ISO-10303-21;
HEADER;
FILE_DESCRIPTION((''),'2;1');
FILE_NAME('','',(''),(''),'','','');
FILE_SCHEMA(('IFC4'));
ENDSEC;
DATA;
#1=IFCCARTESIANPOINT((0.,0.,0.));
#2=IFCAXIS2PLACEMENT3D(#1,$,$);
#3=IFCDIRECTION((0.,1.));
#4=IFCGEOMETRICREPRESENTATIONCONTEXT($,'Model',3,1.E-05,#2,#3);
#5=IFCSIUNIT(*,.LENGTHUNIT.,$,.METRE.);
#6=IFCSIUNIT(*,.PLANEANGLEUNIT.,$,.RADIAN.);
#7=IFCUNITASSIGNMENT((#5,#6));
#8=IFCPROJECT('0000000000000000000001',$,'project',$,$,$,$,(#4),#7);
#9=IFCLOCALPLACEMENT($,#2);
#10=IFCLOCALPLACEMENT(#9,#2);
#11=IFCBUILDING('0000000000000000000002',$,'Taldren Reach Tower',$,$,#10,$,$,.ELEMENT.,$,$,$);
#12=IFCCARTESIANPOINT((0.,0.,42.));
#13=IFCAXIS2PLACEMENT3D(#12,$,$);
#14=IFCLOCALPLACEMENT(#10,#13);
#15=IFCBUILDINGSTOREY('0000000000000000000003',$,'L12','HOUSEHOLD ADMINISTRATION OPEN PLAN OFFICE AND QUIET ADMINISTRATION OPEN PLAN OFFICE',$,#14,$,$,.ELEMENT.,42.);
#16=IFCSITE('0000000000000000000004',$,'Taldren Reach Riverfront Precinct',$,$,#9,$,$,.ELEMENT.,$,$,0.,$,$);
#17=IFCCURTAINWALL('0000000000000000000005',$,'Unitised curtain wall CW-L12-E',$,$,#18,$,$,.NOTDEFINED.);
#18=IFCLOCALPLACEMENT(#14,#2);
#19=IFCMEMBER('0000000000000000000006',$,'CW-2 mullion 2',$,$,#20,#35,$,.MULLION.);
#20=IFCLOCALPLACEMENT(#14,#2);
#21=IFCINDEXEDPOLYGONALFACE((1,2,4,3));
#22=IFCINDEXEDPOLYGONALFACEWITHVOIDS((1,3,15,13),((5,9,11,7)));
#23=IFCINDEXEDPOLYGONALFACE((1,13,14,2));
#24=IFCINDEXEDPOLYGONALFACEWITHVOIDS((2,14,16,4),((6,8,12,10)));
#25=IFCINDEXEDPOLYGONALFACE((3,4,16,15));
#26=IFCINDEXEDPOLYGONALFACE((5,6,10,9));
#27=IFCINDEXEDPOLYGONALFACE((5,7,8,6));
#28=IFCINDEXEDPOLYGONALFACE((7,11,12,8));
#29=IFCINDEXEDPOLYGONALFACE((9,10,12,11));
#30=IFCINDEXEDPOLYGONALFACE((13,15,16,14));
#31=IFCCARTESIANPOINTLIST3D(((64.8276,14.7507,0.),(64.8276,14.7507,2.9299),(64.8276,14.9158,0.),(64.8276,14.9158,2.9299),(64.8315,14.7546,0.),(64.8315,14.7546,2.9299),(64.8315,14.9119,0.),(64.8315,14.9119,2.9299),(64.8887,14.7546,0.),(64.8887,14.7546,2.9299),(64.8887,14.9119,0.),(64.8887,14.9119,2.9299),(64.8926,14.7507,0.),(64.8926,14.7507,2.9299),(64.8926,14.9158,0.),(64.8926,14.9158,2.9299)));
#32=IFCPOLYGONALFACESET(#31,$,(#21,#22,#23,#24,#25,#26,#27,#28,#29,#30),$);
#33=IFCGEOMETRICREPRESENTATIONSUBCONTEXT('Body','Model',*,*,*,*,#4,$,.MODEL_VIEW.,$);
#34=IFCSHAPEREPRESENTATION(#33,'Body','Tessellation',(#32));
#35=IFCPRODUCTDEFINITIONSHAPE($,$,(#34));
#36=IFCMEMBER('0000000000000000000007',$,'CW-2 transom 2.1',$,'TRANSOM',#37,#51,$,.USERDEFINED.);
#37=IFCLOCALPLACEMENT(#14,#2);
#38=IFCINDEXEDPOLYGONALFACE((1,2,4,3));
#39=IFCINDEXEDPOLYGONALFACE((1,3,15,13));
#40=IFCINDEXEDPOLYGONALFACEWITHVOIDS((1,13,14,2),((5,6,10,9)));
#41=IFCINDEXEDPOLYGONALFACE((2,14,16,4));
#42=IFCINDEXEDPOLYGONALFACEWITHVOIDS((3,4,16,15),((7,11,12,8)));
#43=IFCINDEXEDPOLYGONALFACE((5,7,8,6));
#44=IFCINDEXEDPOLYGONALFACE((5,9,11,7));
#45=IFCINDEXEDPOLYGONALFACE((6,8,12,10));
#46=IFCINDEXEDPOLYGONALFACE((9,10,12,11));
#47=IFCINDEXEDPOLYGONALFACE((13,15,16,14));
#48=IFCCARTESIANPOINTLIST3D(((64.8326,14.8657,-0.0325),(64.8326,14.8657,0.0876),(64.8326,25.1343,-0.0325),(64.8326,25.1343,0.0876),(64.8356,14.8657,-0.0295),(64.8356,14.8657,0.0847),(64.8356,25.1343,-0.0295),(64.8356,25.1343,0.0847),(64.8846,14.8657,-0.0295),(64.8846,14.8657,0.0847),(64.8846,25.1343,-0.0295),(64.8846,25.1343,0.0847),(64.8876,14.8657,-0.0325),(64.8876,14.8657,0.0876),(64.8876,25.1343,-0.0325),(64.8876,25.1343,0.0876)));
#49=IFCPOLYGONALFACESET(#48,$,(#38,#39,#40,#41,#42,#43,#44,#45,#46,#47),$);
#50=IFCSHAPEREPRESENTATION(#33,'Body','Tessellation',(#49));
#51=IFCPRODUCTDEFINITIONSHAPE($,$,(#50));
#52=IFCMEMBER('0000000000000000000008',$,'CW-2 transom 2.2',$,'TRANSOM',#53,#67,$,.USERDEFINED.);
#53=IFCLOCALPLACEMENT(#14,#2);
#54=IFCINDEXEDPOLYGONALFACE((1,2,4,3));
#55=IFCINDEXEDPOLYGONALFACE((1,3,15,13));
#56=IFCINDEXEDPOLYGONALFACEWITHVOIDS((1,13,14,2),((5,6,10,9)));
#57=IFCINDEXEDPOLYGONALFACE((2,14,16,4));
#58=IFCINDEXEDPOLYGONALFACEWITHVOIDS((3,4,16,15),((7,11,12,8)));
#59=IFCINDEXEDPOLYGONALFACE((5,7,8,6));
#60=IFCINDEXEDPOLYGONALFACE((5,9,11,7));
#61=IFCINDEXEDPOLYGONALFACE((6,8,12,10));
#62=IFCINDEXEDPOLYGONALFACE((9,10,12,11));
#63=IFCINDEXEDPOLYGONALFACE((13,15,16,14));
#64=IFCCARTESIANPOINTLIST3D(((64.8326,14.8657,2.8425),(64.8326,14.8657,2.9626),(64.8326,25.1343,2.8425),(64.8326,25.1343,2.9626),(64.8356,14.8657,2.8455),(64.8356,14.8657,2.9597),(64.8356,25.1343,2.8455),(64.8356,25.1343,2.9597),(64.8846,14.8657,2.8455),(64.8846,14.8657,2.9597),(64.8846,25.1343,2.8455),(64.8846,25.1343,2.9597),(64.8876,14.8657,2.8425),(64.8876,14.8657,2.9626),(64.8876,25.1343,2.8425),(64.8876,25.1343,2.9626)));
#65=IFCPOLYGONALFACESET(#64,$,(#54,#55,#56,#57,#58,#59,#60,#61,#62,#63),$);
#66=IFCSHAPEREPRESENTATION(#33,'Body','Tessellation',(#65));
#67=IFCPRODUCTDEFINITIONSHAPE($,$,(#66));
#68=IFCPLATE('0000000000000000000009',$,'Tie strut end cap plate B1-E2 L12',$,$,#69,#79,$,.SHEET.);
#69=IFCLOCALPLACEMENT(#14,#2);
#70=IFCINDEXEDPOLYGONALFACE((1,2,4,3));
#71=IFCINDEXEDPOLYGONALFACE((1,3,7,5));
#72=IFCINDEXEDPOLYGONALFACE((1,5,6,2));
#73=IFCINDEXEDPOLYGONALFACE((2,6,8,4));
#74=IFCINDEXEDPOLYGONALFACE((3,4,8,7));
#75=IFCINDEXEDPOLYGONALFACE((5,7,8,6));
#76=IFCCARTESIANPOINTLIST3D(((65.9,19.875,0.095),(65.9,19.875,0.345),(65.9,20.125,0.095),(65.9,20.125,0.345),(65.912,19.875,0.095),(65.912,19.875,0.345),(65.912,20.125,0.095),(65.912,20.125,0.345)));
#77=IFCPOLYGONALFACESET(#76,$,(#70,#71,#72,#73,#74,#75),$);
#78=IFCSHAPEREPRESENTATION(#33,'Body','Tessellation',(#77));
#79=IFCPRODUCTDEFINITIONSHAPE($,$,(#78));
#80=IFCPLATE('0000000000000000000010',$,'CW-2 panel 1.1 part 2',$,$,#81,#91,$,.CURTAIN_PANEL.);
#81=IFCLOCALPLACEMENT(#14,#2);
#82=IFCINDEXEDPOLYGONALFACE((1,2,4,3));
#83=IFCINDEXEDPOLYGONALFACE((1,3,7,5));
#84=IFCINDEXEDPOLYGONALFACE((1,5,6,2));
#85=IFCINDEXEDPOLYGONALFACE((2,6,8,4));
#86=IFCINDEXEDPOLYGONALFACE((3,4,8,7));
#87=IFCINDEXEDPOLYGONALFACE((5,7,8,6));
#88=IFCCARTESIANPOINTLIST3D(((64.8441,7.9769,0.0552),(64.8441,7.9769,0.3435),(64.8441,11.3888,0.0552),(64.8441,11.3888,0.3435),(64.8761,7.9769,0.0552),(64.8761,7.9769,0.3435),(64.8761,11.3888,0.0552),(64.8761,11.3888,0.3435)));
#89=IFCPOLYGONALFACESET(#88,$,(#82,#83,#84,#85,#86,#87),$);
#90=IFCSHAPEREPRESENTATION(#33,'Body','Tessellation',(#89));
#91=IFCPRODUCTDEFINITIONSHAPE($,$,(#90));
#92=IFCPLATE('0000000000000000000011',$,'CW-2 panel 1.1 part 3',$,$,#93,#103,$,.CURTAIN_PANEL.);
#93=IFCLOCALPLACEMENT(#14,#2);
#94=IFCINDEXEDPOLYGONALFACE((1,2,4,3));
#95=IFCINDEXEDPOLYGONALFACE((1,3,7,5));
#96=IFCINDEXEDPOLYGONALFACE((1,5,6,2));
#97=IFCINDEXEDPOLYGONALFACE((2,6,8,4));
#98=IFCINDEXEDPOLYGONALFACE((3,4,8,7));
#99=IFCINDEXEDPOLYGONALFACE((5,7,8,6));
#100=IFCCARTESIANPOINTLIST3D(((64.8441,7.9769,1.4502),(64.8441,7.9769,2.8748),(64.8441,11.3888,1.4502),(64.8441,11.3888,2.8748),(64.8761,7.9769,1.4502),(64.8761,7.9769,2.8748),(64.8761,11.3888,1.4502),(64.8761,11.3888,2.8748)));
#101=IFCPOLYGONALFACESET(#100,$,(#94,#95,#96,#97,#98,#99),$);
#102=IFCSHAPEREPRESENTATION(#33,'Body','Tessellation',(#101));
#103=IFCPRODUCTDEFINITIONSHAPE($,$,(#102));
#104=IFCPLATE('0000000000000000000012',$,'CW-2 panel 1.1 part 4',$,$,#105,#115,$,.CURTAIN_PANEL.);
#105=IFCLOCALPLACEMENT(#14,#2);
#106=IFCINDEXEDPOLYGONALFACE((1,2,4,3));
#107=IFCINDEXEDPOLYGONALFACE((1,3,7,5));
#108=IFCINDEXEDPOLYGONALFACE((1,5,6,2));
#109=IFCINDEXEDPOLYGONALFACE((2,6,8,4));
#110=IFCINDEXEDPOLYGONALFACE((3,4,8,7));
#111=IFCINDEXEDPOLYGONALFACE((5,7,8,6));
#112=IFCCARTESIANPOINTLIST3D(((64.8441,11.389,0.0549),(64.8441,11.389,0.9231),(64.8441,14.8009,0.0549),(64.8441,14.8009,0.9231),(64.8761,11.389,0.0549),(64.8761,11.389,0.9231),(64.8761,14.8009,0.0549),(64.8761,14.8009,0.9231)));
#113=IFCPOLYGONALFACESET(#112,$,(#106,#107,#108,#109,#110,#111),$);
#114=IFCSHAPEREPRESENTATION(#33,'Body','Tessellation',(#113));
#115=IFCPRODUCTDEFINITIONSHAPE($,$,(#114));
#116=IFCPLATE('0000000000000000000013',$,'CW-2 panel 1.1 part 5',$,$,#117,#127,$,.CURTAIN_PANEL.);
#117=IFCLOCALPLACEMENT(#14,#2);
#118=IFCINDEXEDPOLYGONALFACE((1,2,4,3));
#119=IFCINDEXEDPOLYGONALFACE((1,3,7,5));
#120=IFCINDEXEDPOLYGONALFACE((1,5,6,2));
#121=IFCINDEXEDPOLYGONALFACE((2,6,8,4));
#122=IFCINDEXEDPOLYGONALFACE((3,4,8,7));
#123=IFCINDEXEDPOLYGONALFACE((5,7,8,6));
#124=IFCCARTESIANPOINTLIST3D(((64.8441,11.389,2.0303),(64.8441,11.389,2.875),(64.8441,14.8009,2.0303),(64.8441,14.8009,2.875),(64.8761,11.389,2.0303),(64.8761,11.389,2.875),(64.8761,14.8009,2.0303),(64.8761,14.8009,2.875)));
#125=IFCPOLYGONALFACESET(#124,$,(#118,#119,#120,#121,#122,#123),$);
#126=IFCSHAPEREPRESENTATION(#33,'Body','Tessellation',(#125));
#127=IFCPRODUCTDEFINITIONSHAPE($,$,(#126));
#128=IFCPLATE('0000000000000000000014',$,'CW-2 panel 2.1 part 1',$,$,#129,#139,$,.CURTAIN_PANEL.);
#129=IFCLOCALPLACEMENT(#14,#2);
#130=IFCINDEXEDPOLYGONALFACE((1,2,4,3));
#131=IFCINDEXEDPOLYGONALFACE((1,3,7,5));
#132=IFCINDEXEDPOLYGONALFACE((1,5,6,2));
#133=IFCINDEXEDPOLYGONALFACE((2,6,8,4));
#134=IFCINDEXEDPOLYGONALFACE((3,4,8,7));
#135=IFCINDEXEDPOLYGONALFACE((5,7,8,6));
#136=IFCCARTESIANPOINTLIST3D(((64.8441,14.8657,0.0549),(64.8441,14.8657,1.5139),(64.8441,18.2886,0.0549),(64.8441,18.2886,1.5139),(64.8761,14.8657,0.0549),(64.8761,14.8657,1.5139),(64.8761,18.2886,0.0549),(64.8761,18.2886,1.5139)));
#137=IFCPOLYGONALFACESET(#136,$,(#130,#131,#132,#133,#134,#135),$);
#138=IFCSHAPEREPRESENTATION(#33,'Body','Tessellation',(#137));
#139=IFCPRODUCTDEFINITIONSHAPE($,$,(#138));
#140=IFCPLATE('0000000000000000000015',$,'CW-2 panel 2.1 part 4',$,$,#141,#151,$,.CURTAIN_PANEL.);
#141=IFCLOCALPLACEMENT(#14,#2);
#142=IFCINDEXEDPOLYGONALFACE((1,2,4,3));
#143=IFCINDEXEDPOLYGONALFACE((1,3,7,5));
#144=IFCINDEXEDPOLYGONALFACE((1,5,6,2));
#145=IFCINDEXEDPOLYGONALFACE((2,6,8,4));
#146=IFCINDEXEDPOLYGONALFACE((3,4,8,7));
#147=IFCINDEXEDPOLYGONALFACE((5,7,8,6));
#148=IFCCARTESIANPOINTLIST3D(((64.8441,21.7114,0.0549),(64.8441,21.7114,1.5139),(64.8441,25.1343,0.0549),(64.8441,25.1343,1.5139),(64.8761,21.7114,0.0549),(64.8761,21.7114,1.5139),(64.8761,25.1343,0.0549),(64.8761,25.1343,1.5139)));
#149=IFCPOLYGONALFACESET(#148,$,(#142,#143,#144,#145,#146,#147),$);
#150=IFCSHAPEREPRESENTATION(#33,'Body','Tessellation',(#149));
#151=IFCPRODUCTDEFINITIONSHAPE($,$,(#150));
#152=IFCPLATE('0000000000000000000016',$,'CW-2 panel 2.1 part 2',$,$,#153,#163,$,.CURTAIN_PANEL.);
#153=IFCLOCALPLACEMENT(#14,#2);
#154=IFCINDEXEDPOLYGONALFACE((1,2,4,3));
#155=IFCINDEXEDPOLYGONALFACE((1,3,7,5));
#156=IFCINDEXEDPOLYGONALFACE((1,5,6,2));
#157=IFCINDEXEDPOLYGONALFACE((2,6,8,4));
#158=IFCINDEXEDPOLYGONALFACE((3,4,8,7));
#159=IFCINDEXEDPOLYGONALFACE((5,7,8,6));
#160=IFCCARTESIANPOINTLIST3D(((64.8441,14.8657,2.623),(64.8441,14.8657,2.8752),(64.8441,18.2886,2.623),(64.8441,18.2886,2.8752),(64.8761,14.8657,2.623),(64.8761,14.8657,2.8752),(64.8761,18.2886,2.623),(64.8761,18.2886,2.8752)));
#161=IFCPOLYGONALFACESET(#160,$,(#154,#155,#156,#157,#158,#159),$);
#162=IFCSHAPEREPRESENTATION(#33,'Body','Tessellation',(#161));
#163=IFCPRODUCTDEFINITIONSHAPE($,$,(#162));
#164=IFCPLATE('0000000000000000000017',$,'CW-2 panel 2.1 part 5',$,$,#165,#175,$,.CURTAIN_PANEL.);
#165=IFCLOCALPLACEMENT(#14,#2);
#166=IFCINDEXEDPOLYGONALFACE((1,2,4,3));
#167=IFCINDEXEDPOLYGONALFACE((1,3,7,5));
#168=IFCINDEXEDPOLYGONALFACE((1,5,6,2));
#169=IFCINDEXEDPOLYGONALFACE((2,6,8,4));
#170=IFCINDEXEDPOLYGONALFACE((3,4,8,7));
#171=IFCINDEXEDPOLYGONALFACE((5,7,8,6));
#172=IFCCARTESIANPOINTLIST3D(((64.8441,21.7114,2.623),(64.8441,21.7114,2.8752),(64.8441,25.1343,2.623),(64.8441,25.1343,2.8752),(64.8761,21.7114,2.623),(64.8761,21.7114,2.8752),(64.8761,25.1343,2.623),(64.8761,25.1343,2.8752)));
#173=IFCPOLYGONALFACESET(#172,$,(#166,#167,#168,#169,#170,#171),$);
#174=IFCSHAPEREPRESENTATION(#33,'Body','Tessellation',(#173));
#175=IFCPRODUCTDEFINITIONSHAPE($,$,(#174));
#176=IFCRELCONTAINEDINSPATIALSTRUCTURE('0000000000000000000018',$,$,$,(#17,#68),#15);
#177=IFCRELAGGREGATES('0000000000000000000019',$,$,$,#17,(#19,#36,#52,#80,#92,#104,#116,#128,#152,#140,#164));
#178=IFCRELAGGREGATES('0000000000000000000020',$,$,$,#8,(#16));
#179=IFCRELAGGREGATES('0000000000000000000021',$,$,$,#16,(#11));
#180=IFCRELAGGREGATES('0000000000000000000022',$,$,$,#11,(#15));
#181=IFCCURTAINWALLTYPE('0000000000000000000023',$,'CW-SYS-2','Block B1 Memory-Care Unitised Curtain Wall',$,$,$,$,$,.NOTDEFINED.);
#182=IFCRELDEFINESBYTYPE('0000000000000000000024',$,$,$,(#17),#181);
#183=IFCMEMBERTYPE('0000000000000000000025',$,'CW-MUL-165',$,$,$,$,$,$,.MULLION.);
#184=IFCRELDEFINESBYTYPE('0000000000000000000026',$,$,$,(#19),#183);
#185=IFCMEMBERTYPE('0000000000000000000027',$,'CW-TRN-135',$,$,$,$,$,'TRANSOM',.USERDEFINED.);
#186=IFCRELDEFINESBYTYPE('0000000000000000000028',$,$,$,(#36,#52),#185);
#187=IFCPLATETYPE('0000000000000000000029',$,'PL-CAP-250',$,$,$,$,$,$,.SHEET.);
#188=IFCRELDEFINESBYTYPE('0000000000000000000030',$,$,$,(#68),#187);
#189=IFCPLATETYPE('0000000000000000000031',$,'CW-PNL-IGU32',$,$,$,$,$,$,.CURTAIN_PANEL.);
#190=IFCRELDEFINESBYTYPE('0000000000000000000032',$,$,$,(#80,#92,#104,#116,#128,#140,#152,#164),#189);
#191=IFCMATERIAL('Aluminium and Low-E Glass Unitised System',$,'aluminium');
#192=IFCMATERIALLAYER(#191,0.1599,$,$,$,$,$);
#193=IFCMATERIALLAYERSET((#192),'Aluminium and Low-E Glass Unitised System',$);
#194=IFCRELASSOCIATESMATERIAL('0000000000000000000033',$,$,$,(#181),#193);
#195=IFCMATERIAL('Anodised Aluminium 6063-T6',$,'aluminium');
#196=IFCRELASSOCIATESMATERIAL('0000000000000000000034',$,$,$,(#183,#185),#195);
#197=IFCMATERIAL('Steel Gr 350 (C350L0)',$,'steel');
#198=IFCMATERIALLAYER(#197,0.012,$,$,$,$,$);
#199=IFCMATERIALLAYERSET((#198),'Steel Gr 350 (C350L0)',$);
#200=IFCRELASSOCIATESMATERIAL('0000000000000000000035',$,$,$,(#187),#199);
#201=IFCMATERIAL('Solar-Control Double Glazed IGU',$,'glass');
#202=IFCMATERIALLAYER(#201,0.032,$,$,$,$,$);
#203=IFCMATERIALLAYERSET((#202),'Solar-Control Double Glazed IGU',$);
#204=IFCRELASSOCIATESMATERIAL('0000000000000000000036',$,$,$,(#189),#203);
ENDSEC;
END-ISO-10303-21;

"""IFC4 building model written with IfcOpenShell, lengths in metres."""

from ifc_helpers import new_model, si_unit, direction, frame, origin, origin_2d, place, context, subcontext, project, spatial, rectangle, hollow_rectangle, extrude, source, transform, mapped, material, layer, layer_set, material_profile, profile_set, type_object, element, aggregate, save


model = new_model("IFC4")

# Units and contexts
model_context = context("Model", 3, precision=1e-05, world=origin(), true_north=direction((0.0, 1.0)))
body_context = subcontext(model_context, "Body", "Model", "MODEL_VIEW")
ifc_project = project(units=[si_unit("LENGTHUNIT", "METRE"), si_unit("PLANEANGLEUNIT", "RADIAN")], contexts=[model_context])

# Site, building, storey
site_placement = place(None, origin())
site = spatial("IfcSite", under=ifc_project, at=site_placement, Name="Taldren Reach Riverfront Precinct", CompositionType="ELEMENT", RefElevation=0.0)
building_placement = place(site_placement, origin())
building = spatial("IfcBuilding", under=site, at=building_placement, Name="Taldren Reach Tower", CompositionType="ELEMENT")
storey_placement = place(building_placement, frame((0.0, 0.0, 42.0)))
storey = spatial("IfcBuildingStorey", under=building, at=storey_placement, Name="L12", Description="HOUSEHOLD ADMINISTRATION OPEN PLAN OFFICE AND QUIET ADMINISTRATION OPEN PLAN OFFICE", CompositionType="ELEMENT", Elevation=42.0)

# Shared definitions
ifc_material_1 = material(Name="Steel Gr 350 (C350L0)", Category="steel")

# Curtain wall, members
ifc_material_2 = material(Name="Aluminium and Low-E Glass Unitised System", Category="aluminium")
ifc_layer_1 = layer(ifc_material_2, 0.1599)
ifc_layer_set_1 = layer_set([ifc_layer_1], Name="Aluminium and Low-E Glass Unitised System")
curtain_wall_type = type_object("IfcCurtainWallType", Name="CW-SYS-2", Description="Block B1 Memory-Care Unitised Curtain Wall", PredefinedType="NOTDEFINED", material=ifc_layer_set_1)
curtain_wall_placement = place(storey_placement, origin())
curtain_wall = element("IfcCurtainWall", 1, at=curtain_wall_placement, inside=storey, type_object=curtain_wall_type, Name="Unitised curtain wall CW-L12-E", PredefinedType="NOTDEFINED")
ifc_material_3 = material(Name="Anodised Aluminium 6063-T6", Category="aluminium")
ifc_material_profile_1 = material_profile(ifc_material_3, hollow_rectangle(XDim=0.0649, YDim=0.165, WallThickness=0.0039, at=origin_2d()), Name="ALU-165x65x4RHS")
ifc_profile_set_1 = profile_set([ifc_material_profile_1], Name="Anodised Aluminium 6063-T6")
member_type_1 = type_object("IfcMemberType", Name="CW-MUL-165", PredefinedType="MULLION", material=ifc_profile_set_1)
shared_shape_1 = source(origin(), body_context, "Body", "SweptSolid", [
    extrude(hollow_rectangle(XDim=0.0649, YDim=0.165, WallThickness=0.0039, at=origin_2d()), origin(), (0.0, 0.0, 1.0), 2.9299),
])
member_1_placement = place(storey_placement, frame((64.8601, 14.8333, 0.0), z_axis=(0.0, 0.0, 1.0), x_axis=(-1.0, 0.0, 0.0)))
member_1 = element("IfcMember", 2, at=member_1_placement, type_object=member_type_1, Name="CW-2 mullion 2", PredefinedType="MULLION", context=body_context, shape_type="MappedRepresentation", body=[
    mapped(shared_shape_1, transform((0.0, 0.0, 0.0), scale=1.0)),
])
ifc_material_profile_2 = material_profile(ifc_material_3, hollow_rectangle(XDim=0.0549, YDim=0.1201, WallThickness=0.0029, at=origin_2d()), Name="ALU-120x55x3RHS")
ifc_profile_set_2 = profile_set([ifc_material_profile_2], Name="Anodised Aluminium 6063-T6")
member_type_2 = type_object("IfcMemberType", Name="CW-TRN-135", ElementType="TRANSOM", PredefinedType="USERDEFINED", material=ifc_profile_set_2)
shared_shape_2 = source(origin(), body_context, "Body", "SweptSolid", [
    extrude(hollow_rectangle(XDim=0.0549, YDim=0.1201, WallThickness=0.0029, at=origin_2d()), origin(), (0.0, 0.0, 1.0), 10.2686),
])
member_2_placement = place(storey_placement, frame((64.8601, 14.8657, 0.0276), z_axis=(0.0, 1.0, 0.0), x_axis=(-1.0, 0.0, 0.0)))
member_2 = element("IfcMember", 3, at=member_2_placement, type_object=member_type_2, Name="CW-2 transom 2.1", ObjectType="TRANSOM", PredefinedType="USERDEFINED", context=body_context, shape_type="MappedRepresentation", body=[
    mapped(shared_shape_2, transform((0.0, 0.0, 0.0), scale=1.0)),
])
member_3_placement = place(storey_placement, frame((64.8601, 14.8657, 2.9026), z_axis=(0.0, 1.0, 0.0), x_axis=(-1.0, 0.0, 0.0)))
member_3 = element("IfcMember", 4, at=member_3_placement, type_object=member_type_2, Name="CW-2 transom 2.2", ObjectType="TRANSOM", PredefinedType="USERDEFINED", context=body_context, shape_type="MappedRepresentation", body=[
    mapped(shared_shape_2, transform((0.0, 0.0, 0.0), scale=1.0)),
])

# Plates
ifc_layer_2 = layer(ifc_material_1, 0.012)
ifc_layer_set_2 = layer_set([ifc_layer_2], Name="Steel Gr 350 (C350L0)")
plate_type_1 = type_object("IfcPlateType", Name="PL-CAP-250", PredefinedType="SHEET", material=ifc_layer_set_2)
shared_shape_3 = source(origin(), body_context, "Body", "SweptSolid", [
    extrude(rectangle(XDim=0.012, YDim=0.25, at=origin_2d()), origin(), (0.0, 0.0, 1.0), 0.25),
])
plate_1_placement = place(storey_placement, frame((65.906, 20.0, 0.095), z_axis=(0.0, 0.0, 1.0), x_axis=(1.0, 0.0, 0.0)))
element("IfcPlate", 5, at=plate_1_placement, inside=storey, type_object=plate_type_1, Name="Tie strut end cap plate B1-E2 L12", PredefinedType="SHEET", context=body_context, shape_type="MappedRepresentation", body=[
    mapped(shared_shape_3, transform((0.0, 0.0, 0.0), scale=1.0)),
])
ifc_material_4 = material(Name="Solar-Control Double Glazed IGU", Category="glass")
ifc_layer_3 = layer(ifc_material_4, 0.032)
ifc_layer_set_3 = layer_set([ifc_layer_3], Name="Solar-Control Double Glazed IGU")
plate_type_2 = type_object("IfcPlateType", Name="CW-PNL-IGU32", PredefinedType="CURTAIN_PANEL", material=ifc_layer_set_3)
shared_shape_4 = source(origin(), body_context, "Body", "SweptSolid", [
    extrude(rectangle(XDim=3.4119, YDim=0.032, at=origin_2d()), origin(), (0.0, 0.0, 1.0), 0.2883),
])
plate_2_placement = place(storey_placement, frame((64.8601, 9.6829, 0.0552), z_axis=(0.0, 0.0, 1.0), x_axis=(0.0, 1.0, 0.0)))
plate_2 = element("IfcPlate", 6, at=plate_2_placement, type_object=plate_type_2, Name="CW-2 panel 1.1 part 2", PredefinedType="CURTAIN_PANEL", context=body_context, shape_type="MappedRepresentation", body=[
    mapped(shared_shape_4, transform((0.0, 0.0, 0.0), scale=1.0)),
])
shared_shape_5 = source(origin(), body_context, "Body", "SweptSolid", [
    extrude(rectangle(XDim=3.4119, YDim=0.032, at=origin_2d()), origin(), (0.0, 0.0, 1.0), 1.4246),
])
plate_3_placement = place(storey_placement, frame((64.8601, 9.6829, 1.4502), z_axis=(0.0, 0.0, 1.0), x_axis=(0.0, 1.0, 0.0)))
plate_3 = element("IfcPlate", 7, at=plate_3_placement, type_object=plate_type_2, Name="CW-2 panel 1.1 part 3", PredefinedType="CURTAIN_PANEL", context=body_context, shape_type="MappedRepresentation", body=[
    mapped(shared_shape_5, transform((0.0, 0.0, 0.0), scale=1.0)),
])
shared_shape_6 = source(origin(), body_context, "Body", "SweptSolid", [
    extrude(rectangle(XDim=3.4119, YDim=0.032, at=origin_2d()), origin(), (0.0, 0.0, 1.0), 0.8682),
])
plate_4_placement = place(storey_placement, frame((64.8601, 13.095, 0.0549), z_axis=(0.0, 0.0, 1.0), x_axis=(0.0, 1.0, 0.0)))
plate_4 = element("IfcPlate", 8, at=plate_4_placement, type_object=plate_type_2, Name="CW-2 panel 1.1 part 4", PredefinedType="CURTAIN_PANEL", context=body_context, shape_type="MappedRepresentation", body=[
    mapped(shared_shape_6, transform((0.0, 0.0, 0.0), scale=1.0)),
])
shared_shape_7 = source(origin(), body_context, "Body", "SweptSolid", [
    extrude(rectangle(XDim=3.4119, YDim=0.032, at=origin_2d()), origin(), (0.0, 0.0, 1.0), 0.8447),
])
plate_5_placement = place(storey_placement, frame((64.8601, 13.095, 2.0303), z_axis=(0.0, 0.0, 1.0), x_axis=(0.0, 1.0, 0.0)))
plate_5 = element("IfcPlate", 9, at=plate_5_placement, type_object=plate_type_2, Name="CW-2 panel 1.1 part 5", PredefinedType="CURTAIN_PANEL", context=body_context, shape_type="MappedRepresentation", body=[
    mapped(shared_shape_7, transform((0.0, 0.0, 0.0), scale=1.0)),
])
shared_shape_8 = source(origin(), body_context, "Body", "SweptSolid", [
    extrude(rectangle(XDim=3.4229, YDim=0.032, at=origin_2d()), origin(), (0.0, 0.0, 1.0), 1.459),
])
plate_6_placement = place(storey_placement, frame((64.8601, 16.5771, 0.0549), z_axis=(0.0, 0.0, 1.0), x_axis=(0.0, 1.0, 0.0)))
plate_6 = element("IfcPlate", 10, at=plate_6_placement, type_object=plate_type_2, Name="CW-2 panel 2.1 part 1", PredefinedType="CURTAIN_PANEL", context=body_context, shape_type="MappedRepresentation", body=[
    mapped(shared_shape_8, transform((0.0, 0.0, 0.0), scale=1.0)),
])
plate_7_placement = place(storey_placement, frame((64.8601, 23.4229, 0.0549), z_axis=(0.0, 0.0, 1.0), x_axis=(0.0, 1.0, 0.0)))
plate_7 = element("IfcPlate", 11, at=plate_7_placement, type_object=plate_type_2, Name="CW-2 panel 2.1 part 4", PredefinedType="CURTAIN_PANEL", context=body_context, shape_type="MappedRepresentation", body=[
    mapped(shared_shape_8, transform((0.0, 0.0, 0.0), scale=1.0)),
])
shared_shape_9 = source(origin(), body_context, "Body", "SweptSolid", [
    extrude(rectangle(XDim=3.4229, YDim=0.032, at=origin_2d()), origin(), (0.0, 0.0, 1.0), 0.2522),
])
plate_8_placement = place(storey_placement, frame((64.8601, 16.5771, 2.623), z_axis=(0.0, 0.0, 1.0), x_axis=(0.0, 1.0, 0.0)))
plate_8 = element("IfcPlate", 12, at=plate_8_placement, type_object=plate_type_2, Name="CW-2 panel 2.1 part 2", PredefinedType="CURTAIN_PANEL", context=body_context, shape_type="MappedRepresentation", body=[
    mapped(shared_shape_9, transform((0.0, 0.0, 0.0), scale=1.0)),
])
plate_9_placement = place(storey_placement, frame((64.8601, 23.4229, 2.623), z_axis=(0.0, 0.0, 1.0), x_axis=(0.0, 1.0, 0.0)))
plate_9 = element("IfcPlate", 13, at=plate_9_placement, type_object=plate_type_2, Name="CW-2 panel 2.1 part 5", PredefinedType="CURTAIN_PANEL", context=body_context, shape_type="MappedRepresentation", body=[
    mapped(shared_shape_9, transform((0.0, 0.0, 0.0), scale=1.0)),
])
aggregate(curtain_wall, [member_1, member_2, member_3, plate_2, plate_3, plate_4, plate_5, plate_6, plate_8, plate_7, plate_9])

save(model, "model.ifc")
